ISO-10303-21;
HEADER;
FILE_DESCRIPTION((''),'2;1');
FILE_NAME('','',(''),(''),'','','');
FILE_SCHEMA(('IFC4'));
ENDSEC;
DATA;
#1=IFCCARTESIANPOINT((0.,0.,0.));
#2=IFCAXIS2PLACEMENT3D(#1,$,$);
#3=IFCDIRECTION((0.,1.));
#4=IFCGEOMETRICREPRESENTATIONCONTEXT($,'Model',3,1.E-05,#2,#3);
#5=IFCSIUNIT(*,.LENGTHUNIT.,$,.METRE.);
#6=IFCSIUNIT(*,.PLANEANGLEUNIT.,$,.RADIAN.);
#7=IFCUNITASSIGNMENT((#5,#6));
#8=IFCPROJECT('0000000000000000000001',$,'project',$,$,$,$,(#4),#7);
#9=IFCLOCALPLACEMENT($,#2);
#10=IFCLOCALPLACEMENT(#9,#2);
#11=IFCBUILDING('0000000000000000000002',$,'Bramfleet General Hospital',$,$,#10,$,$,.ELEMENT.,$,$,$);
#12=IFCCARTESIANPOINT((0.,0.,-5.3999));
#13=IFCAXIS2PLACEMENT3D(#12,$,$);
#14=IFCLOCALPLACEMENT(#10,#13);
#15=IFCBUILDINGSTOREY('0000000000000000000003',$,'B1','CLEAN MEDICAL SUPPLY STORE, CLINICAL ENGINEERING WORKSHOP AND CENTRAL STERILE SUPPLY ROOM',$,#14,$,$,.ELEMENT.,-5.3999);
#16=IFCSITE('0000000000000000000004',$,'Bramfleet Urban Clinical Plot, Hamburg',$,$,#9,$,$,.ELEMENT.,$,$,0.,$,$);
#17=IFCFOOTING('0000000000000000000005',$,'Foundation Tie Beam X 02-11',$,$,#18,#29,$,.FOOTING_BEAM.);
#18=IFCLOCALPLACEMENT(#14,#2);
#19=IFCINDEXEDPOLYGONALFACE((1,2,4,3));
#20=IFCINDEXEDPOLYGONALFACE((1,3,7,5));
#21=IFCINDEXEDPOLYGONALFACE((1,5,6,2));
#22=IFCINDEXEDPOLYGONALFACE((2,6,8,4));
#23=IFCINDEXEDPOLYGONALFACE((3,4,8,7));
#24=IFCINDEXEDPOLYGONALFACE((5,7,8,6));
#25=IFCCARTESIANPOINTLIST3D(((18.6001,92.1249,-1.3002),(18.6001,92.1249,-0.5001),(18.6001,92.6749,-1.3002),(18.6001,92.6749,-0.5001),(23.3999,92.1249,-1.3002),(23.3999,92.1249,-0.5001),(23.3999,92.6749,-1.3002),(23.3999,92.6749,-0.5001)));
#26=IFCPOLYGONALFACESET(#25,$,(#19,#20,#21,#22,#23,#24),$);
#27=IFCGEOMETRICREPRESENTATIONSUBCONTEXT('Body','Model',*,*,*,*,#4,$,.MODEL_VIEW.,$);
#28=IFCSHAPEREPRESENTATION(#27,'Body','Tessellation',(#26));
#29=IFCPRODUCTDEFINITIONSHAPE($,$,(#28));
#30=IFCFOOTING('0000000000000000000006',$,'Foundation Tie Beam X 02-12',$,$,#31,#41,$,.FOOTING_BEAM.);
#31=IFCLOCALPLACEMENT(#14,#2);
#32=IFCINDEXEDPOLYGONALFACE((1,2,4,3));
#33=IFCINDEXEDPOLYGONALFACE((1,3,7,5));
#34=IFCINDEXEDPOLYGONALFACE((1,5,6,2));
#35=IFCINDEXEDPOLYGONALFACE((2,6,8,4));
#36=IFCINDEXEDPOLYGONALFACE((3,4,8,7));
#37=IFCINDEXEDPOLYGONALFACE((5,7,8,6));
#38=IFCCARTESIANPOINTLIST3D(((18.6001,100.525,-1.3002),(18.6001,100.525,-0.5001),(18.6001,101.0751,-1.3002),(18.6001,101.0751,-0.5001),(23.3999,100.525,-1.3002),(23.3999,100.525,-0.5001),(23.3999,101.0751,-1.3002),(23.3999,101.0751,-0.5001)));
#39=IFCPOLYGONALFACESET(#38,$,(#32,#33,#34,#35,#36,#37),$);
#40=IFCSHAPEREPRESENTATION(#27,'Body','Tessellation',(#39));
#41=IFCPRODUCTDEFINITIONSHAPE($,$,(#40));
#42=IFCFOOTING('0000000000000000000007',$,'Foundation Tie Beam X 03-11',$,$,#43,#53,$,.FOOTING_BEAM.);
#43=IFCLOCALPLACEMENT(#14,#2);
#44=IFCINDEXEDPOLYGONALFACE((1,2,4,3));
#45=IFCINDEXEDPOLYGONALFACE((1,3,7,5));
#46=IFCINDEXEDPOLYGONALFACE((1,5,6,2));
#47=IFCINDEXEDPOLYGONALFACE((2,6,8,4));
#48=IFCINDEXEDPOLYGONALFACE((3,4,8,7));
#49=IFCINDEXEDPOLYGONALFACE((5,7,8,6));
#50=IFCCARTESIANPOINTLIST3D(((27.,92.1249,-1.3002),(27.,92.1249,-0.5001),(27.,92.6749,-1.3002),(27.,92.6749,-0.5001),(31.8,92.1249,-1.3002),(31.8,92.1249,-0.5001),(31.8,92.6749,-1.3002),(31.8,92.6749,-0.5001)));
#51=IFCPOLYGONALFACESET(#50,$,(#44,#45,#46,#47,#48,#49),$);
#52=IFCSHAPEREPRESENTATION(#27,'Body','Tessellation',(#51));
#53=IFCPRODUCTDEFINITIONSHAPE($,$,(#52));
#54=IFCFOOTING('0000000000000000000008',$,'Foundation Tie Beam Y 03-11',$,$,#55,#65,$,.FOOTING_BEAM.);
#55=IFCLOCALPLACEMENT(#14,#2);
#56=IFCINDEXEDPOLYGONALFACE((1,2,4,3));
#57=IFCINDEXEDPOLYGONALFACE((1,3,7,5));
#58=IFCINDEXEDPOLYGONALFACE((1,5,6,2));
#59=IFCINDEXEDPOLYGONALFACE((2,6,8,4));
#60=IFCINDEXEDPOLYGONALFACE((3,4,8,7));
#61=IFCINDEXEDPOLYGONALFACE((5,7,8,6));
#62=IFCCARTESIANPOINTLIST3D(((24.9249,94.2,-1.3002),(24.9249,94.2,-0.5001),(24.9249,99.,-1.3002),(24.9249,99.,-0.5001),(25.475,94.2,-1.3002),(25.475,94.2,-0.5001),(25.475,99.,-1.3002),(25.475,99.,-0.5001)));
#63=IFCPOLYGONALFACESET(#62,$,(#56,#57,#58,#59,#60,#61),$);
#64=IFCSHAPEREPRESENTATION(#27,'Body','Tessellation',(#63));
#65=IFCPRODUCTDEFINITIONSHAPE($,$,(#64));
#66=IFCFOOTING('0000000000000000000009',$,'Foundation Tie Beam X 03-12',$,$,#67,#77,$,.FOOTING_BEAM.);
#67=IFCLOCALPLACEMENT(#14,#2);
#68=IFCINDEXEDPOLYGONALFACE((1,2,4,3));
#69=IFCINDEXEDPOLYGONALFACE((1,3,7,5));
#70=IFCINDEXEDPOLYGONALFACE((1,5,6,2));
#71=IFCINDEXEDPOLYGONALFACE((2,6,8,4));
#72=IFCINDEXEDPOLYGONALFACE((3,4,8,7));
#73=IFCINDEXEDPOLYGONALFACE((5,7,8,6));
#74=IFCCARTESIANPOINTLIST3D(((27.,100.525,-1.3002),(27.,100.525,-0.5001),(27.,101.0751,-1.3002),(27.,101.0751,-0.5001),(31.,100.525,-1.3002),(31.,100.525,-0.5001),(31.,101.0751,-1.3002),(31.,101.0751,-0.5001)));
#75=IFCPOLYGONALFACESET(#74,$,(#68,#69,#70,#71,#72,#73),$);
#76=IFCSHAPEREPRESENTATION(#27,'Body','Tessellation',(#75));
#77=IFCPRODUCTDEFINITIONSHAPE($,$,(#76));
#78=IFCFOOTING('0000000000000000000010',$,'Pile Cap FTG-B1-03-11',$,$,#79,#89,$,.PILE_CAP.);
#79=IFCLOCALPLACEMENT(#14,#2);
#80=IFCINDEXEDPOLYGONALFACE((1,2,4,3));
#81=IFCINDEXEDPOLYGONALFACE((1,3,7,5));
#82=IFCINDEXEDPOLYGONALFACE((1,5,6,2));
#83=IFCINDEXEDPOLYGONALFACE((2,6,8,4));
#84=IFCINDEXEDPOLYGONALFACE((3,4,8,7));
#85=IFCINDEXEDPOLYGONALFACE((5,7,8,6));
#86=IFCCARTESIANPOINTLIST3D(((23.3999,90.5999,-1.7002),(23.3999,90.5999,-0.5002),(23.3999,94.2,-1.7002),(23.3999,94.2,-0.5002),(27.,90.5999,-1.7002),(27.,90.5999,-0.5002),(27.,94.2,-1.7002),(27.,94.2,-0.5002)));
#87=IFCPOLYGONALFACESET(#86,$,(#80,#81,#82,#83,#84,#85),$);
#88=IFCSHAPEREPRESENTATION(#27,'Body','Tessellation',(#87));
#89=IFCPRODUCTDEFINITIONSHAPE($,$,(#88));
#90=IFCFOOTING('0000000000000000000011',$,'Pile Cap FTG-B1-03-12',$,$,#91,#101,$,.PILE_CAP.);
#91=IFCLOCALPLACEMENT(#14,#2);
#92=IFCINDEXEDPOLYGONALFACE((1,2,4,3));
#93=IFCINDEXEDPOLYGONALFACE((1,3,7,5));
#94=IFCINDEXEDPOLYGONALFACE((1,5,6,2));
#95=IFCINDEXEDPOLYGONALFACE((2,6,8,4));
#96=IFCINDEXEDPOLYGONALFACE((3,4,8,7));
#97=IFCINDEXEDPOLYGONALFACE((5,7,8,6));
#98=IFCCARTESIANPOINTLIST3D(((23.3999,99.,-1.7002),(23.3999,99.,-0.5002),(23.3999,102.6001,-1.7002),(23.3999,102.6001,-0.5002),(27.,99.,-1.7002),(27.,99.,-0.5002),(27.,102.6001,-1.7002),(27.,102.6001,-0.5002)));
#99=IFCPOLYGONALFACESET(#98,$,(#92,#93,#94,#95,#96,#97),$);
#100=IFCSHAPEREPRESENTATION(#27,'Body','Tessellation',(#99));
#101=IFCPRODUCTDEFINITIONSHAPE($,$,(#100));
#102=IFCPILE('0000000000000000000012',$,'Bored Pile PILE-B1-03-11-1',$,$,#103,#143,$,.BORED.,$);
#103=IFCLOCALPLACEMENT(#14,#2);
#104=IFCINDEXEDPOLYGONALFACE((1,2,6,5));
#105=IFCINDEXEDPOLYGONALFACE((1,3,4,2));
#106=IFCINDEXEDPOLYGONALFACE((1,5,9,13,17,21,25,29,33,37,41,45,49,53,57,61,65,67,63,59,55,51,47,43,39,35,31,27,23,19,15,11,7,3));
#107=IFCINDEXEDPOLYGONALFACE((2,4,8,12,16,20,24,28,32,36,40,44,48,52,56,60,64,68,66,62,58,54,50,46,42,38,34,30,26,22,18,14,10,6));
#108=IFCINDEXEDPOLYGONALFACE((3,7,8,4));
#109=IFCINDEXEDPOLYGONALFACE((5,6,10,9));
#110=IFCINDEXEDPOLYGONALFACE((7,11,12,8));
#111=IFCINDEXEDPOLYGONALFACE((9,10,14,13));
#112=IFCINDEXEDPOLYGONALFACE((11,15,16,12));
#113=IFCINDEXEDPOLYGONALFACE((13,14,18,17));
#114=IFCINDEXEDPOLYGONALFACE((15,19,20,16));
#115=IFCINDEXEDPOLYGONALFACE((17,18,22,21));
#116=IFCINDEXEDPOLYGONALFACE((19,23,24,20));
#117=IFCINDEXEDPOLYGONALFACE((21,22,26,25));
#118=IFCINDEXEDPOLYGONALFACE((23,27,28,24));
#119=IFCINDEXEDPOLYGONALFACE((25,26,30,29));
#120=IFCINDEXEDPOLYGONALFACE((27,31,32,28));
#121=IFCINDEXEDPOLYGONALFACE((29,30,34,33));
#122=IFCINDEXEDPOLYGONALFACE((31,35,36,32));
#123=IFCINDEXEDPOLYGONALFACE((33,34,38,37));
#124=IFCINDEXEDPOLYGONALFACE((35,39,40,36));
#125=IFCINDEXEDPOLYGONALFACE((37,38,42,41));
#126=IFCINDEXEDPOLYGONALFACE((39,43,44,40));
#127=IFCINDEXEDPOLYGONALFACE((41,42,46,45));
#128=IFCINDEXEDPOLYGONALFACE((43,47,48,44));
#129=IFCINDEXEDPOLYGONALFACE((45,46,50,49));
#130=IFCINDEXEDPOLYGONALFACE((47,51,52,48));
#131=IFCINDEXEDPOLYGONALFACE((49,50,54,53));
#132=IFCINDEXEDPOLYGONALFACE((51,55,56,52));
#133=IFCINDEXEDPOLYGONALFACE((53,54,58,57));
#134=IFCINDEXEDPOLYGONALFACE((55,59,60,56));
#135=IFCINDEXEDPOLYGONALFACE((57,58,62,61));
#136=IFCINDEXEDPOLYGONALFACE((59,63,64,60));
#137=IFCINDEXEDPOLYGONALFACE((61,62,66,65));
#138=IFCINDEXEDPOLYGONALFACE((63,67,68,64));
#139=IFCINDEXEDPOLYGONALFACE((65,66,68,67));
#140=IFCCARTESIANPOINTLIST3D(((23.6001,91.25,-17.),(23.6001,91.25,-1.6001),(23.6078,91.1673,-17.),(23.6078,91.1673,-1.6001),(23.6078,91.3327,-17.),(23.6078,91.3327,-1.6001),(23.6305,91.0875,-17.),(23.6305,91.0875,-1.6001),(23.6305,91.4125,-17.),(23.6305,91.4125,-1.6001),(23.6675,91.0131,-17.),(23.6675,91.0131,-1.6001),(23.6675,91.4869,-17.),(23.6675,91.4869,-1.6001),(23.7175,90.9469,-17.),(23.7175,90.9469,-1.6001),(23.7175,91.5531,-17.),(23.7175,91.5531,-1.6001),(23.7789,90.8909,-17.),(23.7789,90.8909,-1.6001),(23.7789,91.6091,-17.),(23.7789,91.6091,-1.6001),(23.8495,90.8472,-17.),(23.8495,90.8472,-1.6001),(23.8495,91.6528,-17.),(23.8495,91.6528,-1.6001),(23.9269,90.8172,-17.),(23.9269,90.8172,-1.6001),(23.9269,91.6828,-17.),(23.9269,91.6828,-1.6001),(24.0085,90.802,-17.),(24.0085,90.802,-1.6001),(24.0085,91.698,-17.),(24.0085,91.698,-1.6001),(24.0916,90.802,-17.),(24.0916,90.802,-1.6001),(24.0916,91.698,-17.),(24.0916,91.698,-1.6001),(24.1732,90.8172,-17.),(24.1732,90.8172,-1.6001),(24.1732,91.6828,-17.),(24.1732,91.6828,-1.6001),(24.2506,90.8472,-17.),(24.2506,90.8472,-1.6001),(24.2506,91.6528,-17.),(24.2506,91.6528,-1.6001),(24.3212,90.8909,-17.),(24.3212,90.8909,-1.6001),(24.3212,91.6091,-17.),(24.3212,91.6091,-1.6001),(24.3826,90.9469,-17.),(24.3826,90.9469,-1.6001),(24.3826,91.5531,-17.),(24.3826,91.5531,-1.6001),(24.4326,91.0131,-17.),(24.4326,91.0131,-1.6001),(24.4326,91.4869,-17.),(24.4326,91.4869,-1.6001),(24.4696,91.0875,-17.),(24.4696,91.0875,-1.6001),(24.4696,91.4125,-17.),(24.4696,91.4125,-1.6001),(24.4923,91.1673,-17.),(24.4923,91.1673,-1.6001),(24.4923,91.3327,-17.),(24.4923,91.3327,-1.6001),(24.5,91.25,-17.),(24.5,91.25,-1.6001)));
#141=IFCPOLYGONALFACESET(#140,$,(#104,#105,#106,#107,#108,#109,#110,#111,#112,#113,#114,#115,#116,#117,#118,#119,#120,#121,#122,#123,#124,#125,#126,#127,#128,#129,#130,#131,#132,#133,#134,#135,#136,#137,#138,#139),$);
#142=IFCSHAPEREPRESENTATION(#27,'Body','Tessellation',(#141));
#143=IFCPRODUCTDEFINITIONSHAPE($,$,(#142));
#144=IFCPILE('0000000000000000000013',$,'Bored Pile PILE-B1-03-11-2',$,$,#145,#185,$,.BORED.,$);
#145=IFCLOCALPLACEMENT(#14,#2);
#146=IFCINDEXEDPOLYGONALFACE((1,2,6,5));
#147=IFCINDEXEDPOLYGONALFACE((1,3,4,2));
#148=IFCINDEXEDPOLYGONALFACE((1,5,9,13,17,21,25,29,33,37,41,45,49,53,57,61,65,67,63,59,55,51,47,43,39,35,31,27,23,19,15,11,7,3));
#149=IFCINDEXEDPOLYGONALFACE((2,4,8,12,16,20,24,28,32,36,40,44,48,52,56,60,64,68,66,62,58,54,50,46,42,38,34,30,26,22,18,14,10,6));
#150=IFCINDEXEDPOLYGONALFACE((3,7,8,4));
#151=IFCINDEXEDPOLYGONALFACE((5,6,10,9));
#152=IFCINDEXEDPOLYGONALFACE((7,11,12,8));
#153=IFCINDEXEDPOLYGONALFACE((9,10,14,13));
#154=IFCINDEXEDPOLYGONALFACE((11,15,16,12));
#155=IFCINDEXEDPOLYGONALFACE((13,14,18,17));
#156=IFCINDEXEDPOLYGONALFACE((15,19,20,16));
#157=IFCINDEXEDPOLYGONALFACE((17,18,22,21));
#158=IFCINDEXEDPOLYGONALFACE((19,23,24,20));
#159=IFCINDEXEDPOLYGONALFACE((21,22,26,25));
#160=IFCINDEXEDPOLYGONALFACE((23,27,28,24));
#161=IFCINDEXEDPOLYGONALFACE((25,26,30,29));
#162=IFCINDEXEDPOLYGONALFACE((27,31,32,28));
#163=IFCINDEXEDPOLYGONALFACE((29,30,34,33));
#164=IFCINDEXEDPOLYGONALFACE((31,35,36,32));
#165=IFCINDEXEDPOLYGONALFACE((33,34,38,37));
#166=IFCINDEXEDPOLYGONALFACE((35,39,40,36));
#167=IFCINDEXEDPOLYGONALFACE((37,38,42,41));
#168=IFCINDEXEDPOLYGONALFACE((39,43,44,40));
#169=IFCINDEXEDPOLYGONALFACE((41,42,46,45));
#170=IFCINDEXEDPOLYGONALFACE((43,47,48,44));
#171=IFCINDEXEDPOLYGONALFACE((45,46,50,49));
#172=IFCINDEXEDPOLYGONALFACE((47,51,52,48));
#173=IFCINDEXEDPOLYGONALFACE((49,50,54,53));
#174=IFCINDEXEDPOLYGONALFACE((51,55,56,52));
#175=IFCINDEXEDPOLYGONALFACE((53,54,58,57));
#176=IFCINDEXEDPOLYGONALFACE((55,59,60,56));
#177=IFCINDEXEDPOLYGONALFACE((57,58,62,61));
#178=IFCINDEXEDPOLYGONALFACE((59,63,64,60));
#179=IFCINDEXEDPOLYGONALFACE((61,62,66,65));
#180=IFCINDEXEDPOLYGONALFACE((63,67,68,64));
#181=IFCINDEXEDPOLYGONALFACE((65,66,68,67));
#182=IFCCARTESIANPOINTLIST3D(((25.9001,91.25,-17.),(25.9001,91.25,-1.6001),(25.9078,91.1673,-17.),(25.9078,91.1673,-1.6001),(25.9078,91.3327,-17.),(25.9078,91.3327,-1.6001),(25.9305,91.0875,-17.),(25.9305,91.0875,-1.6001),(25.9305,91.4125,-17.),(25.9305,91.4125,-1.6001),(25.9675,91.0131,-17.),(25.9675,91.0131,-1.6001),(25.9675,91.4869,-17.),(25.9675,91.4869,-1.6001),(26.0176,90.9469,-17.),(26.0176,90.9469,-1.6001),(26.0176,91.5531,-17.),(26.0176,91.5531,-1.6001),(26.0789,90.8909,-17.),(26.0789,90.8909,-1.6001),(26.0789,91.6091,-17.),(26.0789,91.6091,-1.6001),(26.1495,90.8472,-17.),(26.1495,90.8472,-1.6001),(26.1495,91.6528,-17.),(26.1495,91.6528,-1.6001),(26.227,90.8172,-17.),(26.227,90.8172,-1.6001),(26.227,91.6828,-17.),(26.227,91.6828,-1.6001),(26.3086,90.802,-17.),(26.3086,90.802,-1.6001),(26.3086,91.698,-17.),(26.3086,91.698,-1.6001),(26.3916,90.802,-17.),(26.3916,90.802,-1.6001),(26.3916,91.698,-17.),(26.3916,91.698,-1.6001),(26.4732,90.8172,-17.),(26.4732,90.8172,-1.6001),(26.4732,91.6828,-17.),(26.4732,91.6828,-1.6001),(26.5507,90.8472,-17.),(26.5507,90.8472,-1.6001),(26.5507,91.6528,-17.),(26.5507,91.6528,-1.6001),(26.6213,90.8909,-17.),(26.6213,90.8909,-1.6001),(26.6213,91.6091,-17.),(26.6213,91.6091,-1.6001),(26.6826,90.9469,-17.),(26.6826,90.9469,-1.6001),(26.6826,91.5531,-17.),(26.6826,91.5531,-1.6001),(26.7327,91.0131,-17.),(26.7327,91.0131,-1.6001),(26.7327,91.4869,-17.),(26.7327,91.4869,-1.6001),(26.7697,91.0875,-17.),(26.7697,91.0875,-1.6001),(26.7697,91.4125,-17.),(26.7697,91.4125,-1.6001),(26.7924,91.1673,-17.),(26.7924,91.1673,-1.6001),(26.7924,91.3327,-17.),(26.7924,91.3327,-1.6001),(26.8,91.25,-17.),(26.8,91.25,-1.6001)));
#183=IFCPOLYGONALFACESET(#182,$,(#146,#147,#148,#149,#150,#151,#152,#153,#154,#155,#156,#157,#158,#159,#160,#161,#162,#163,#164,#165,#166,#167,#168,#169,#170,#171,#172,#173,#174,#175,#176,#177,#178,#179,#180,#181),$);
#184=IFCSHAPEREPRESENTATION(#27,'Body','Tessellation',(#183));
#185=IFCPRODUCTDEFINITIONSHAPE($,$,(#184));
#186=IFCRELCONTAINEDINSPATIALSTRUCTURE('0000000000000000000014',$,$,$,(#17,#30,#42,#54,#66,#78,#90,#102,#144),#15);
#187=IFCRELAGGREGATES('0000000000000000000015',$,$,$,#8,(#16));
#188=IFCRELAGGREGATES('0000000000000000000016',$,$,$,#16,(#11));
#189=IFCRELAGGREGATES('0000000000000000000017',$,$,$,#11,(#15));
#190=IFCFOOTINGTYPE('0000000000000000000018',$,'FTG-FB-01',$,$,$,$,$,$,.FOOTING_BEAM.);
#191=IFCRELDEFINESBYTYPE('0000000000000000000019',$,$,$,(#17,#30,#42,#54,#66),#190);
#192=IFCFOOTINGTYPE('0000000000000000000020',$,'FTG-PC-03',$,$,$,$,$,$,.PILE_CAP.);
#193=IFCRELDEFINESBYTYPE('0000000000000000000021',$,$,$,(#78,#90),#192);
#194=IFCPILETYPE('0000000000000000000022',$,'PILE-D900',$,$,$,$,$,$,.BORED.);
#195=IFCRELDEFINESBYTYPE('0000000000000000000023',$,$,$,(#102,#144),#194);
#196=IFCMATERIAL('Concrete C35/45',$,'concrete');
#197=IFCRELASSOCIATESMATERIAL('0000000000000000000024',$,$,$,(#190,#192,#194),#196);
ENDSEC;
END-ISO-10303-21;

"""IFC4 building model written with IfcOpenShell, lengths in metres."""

from ifc_helpers import new_model, si_unit, direction, frame, origin, origin_2d, place, context, subcontext, project, spatial, rectangle, circle, extrude, material, material_profile, profile_set, type_object, element, save


model = new_model("IFC4")

# Units and contexts
model_context = context("Model", 3, precision=1e-05, world=origin(), true_north=direction((0.0, 1.0)))
body_context = subcontext(model_context, "Body", "Model", "MODEL_VIEW")
ifc_project = project(units=[si_unit("LENGTHUNIT", "METRE"), si_unit("PLANEANGLEUNIT", "RADIAN")], contexts=[model_context])

# Site, building, storey
site_placement = place(None, origin())
site = spatial("IfcSite", under=ifc_project, at=site_placement, Name="Bramfleet Urban Clinical Plot, Hamburg", CompositionType="ELEMENT", RefElevation=0.0)
building_placement = place(site_placement, origin())
building = spatial("IfcBuilding", under=site, at=building_placement, Name="Bramfleet General Hospital", CompositionType="ELEMENT")
storey_placement = place(building_placement, frame((0.0, 0.0, -5.3999)))
storey = spatial("IfcBuildingStorey", under=building, at=storey_placement, Name="B1", Description="CLEAN MEDICAL SUPPLY STORE, CLINICAL ENGINEERING WORKSHOP AND CENTRAL STERILE SUPPLY ROOM", CompositionType="ELEMENT", Elevation=-5.3999)

# Footings
ifc_material_1 = material(Name="Concrete C35/45", Category="concrete")
ifc_material_profile_1 = material_profile(ifc_material_1, rectangle(XDim=0.55, YDim=0.8, at=origin_2d()), Name="RC FB 800x550")
ifc_profile_set_1 = profile_set([ifc_material_profile_1], Name="Concrete C35/45")
footing_type_1 = type_object("IfcFootingType", Name="FTG-FB-01", PredefinedType="FOOTING_BEAM", material=ifc_profile_set_1)
for number, where, z_axis, x_axis, name in (
    (1, (18.6001, 92.3999, -0.9001), (1.0, 0.0, 0.0), (0.0, 1.0, 0.0), "Foundation Tie Beam X 02-11"),
    (2, (18.6001, 100.8, -0.9001), (1.0, 0.0, 0.0), (0.0, 1.0, 0.0), "Foundation Tie Beam X 02-12"),
):
    element("IfcFooting", number, at=place(storey_placement, frame(where, z_axis=z_axis, x_axis=x_axis)), inside=storey, type_object=footing_type_1, Name=name, PredefinedType="FOOTING_BEAM", context=body_context, shape_type="SweptSolid", body=[
        extrude(rectangle(XDim=0.55, YDim=0.8, at=origin_2d()), origin(), (0.0, 0.0, 1.0), 4.7998),
    ])
for number, where, z_axis, x_axis, name in (
    (3, (27.0, 92.3999, -0.9001), (1.0, 0.0, 0.0), (0.0, 1.0, 0.0), "Foundation Tie Beam X 03-11"),
    (4, (25.2, 94.2, -0.9001), (0.0, 1.0, 0.0), (-1.0, 0.0, 0.0), "Foundation Tie Beam Y 03-11"),
):
    element("IfcFooting", number, at=place(storey_placement, frame(where, z_axis=z_axis, x_axis=x_axis)), inside=storey, type_object=footing_type_1, Name=name, PredefinedType="FOOTING_BEAM", context=body_context, shape_type="SweptSolid", body=[
        extrude(rectangle(XDim=0.55, YDim=0.8, at=origin_2d()), origin(), (0.0, 0.0, 1.0), 4.8),
    ])
footing_placement = place(storey_placement, frame((27.0, 100.8, -0.9001), z_axis=(1.0, 0.0, 0.0), x_axis=(0.0, 1.0, 0.0)))
element("IfcFooting", 5, at=footing_placement, inside=storey, type_object=footing_type_1, Name="Foundation Tie Beam X 03-12", PredefinedType="FOOTING_BEAM", context=body_context, shape_type="SweptSolid", body=[
    extrude(rectangle(XDim=0.55, YDim=0.8, at=origin_2d()), origin(), (0.0, 0.0, 1.0), 4.0),
])
footing_type_2 = type_object("IfcFootingType", Name="FTG-PC-03", PredefinedType="PILE_CAP", material=ifc_material_1)
for number, where, z_axis, x_axis, name in (
    (6, (25.2, 92.3999, -1.7002), (0.0, 0.0, 1.0), (1.0, 0.0, 0.0), "Pile Cap FTG-B1-03-11"),
    (7, (25.2, 100.8, -1.7002), (0.0, 0.0, 1.0), (1.0, 0.0, 0.0), "Pile Cap FTG-B1-03-12"),
):
    element("IfcFooting", number, at=place(storey_placement, frame(where, z_axis=z_axis, x_axis=x_axis)), inside=storey, type_object=footing_type_2, Name=name, PredefinedType="PILE_CAP", context=body_context, shape_type="SweptSolid", body=[
        extrude(rectangle(XDim=3.6001, YDim=3.6001, at=origin_2d()), origin(), (0.0, 0.0, 1.0), 1.2),
    ])

# Piles
ifc_material_profile_2 = material_profile(ifc_material_1, circle(Radius=0.45, at=origin_2d()), Name="PILE BORED D900")
ifc_profile_set_2 = profile_set([ifc_material_profile_2], Name="Concrete C35/45")
pile_type = type_object("IfcPileType", Name="PILE-D900", PredefinedType="BORED", material=ifc_profile_set_2)
for number, where, z_axis, x_axis, name in (
    (8, (24.05, 91.25, -1.6001), (0.0, 0.0, -1.0), (1.0, 0.0, 0.0), "Bored Pile PILE-B1-03-11-1"),
    (9, (26.3501, 91.25, -1.6001), (0.0, 0.0, -1.0), (1.0, 0.0, 0.0), "Bored Pile PILE-B1-03-11-2"),
):
    element("IfcPile", number, at=place(storey_placement, frame(where, z_axis=z_axis, x_axis=x_axis)), inside=storey, type_object=pile_type, Name=name, PredefinedType="BORED", context=body_context, shape_type="SweptSolid", body=[
        extrude(circle(Radius=0.45, at=origin_2d()), origin(), (0.0, 0.0, 1.0), 15.3999),
    ])

save(model, "model.ifc")
